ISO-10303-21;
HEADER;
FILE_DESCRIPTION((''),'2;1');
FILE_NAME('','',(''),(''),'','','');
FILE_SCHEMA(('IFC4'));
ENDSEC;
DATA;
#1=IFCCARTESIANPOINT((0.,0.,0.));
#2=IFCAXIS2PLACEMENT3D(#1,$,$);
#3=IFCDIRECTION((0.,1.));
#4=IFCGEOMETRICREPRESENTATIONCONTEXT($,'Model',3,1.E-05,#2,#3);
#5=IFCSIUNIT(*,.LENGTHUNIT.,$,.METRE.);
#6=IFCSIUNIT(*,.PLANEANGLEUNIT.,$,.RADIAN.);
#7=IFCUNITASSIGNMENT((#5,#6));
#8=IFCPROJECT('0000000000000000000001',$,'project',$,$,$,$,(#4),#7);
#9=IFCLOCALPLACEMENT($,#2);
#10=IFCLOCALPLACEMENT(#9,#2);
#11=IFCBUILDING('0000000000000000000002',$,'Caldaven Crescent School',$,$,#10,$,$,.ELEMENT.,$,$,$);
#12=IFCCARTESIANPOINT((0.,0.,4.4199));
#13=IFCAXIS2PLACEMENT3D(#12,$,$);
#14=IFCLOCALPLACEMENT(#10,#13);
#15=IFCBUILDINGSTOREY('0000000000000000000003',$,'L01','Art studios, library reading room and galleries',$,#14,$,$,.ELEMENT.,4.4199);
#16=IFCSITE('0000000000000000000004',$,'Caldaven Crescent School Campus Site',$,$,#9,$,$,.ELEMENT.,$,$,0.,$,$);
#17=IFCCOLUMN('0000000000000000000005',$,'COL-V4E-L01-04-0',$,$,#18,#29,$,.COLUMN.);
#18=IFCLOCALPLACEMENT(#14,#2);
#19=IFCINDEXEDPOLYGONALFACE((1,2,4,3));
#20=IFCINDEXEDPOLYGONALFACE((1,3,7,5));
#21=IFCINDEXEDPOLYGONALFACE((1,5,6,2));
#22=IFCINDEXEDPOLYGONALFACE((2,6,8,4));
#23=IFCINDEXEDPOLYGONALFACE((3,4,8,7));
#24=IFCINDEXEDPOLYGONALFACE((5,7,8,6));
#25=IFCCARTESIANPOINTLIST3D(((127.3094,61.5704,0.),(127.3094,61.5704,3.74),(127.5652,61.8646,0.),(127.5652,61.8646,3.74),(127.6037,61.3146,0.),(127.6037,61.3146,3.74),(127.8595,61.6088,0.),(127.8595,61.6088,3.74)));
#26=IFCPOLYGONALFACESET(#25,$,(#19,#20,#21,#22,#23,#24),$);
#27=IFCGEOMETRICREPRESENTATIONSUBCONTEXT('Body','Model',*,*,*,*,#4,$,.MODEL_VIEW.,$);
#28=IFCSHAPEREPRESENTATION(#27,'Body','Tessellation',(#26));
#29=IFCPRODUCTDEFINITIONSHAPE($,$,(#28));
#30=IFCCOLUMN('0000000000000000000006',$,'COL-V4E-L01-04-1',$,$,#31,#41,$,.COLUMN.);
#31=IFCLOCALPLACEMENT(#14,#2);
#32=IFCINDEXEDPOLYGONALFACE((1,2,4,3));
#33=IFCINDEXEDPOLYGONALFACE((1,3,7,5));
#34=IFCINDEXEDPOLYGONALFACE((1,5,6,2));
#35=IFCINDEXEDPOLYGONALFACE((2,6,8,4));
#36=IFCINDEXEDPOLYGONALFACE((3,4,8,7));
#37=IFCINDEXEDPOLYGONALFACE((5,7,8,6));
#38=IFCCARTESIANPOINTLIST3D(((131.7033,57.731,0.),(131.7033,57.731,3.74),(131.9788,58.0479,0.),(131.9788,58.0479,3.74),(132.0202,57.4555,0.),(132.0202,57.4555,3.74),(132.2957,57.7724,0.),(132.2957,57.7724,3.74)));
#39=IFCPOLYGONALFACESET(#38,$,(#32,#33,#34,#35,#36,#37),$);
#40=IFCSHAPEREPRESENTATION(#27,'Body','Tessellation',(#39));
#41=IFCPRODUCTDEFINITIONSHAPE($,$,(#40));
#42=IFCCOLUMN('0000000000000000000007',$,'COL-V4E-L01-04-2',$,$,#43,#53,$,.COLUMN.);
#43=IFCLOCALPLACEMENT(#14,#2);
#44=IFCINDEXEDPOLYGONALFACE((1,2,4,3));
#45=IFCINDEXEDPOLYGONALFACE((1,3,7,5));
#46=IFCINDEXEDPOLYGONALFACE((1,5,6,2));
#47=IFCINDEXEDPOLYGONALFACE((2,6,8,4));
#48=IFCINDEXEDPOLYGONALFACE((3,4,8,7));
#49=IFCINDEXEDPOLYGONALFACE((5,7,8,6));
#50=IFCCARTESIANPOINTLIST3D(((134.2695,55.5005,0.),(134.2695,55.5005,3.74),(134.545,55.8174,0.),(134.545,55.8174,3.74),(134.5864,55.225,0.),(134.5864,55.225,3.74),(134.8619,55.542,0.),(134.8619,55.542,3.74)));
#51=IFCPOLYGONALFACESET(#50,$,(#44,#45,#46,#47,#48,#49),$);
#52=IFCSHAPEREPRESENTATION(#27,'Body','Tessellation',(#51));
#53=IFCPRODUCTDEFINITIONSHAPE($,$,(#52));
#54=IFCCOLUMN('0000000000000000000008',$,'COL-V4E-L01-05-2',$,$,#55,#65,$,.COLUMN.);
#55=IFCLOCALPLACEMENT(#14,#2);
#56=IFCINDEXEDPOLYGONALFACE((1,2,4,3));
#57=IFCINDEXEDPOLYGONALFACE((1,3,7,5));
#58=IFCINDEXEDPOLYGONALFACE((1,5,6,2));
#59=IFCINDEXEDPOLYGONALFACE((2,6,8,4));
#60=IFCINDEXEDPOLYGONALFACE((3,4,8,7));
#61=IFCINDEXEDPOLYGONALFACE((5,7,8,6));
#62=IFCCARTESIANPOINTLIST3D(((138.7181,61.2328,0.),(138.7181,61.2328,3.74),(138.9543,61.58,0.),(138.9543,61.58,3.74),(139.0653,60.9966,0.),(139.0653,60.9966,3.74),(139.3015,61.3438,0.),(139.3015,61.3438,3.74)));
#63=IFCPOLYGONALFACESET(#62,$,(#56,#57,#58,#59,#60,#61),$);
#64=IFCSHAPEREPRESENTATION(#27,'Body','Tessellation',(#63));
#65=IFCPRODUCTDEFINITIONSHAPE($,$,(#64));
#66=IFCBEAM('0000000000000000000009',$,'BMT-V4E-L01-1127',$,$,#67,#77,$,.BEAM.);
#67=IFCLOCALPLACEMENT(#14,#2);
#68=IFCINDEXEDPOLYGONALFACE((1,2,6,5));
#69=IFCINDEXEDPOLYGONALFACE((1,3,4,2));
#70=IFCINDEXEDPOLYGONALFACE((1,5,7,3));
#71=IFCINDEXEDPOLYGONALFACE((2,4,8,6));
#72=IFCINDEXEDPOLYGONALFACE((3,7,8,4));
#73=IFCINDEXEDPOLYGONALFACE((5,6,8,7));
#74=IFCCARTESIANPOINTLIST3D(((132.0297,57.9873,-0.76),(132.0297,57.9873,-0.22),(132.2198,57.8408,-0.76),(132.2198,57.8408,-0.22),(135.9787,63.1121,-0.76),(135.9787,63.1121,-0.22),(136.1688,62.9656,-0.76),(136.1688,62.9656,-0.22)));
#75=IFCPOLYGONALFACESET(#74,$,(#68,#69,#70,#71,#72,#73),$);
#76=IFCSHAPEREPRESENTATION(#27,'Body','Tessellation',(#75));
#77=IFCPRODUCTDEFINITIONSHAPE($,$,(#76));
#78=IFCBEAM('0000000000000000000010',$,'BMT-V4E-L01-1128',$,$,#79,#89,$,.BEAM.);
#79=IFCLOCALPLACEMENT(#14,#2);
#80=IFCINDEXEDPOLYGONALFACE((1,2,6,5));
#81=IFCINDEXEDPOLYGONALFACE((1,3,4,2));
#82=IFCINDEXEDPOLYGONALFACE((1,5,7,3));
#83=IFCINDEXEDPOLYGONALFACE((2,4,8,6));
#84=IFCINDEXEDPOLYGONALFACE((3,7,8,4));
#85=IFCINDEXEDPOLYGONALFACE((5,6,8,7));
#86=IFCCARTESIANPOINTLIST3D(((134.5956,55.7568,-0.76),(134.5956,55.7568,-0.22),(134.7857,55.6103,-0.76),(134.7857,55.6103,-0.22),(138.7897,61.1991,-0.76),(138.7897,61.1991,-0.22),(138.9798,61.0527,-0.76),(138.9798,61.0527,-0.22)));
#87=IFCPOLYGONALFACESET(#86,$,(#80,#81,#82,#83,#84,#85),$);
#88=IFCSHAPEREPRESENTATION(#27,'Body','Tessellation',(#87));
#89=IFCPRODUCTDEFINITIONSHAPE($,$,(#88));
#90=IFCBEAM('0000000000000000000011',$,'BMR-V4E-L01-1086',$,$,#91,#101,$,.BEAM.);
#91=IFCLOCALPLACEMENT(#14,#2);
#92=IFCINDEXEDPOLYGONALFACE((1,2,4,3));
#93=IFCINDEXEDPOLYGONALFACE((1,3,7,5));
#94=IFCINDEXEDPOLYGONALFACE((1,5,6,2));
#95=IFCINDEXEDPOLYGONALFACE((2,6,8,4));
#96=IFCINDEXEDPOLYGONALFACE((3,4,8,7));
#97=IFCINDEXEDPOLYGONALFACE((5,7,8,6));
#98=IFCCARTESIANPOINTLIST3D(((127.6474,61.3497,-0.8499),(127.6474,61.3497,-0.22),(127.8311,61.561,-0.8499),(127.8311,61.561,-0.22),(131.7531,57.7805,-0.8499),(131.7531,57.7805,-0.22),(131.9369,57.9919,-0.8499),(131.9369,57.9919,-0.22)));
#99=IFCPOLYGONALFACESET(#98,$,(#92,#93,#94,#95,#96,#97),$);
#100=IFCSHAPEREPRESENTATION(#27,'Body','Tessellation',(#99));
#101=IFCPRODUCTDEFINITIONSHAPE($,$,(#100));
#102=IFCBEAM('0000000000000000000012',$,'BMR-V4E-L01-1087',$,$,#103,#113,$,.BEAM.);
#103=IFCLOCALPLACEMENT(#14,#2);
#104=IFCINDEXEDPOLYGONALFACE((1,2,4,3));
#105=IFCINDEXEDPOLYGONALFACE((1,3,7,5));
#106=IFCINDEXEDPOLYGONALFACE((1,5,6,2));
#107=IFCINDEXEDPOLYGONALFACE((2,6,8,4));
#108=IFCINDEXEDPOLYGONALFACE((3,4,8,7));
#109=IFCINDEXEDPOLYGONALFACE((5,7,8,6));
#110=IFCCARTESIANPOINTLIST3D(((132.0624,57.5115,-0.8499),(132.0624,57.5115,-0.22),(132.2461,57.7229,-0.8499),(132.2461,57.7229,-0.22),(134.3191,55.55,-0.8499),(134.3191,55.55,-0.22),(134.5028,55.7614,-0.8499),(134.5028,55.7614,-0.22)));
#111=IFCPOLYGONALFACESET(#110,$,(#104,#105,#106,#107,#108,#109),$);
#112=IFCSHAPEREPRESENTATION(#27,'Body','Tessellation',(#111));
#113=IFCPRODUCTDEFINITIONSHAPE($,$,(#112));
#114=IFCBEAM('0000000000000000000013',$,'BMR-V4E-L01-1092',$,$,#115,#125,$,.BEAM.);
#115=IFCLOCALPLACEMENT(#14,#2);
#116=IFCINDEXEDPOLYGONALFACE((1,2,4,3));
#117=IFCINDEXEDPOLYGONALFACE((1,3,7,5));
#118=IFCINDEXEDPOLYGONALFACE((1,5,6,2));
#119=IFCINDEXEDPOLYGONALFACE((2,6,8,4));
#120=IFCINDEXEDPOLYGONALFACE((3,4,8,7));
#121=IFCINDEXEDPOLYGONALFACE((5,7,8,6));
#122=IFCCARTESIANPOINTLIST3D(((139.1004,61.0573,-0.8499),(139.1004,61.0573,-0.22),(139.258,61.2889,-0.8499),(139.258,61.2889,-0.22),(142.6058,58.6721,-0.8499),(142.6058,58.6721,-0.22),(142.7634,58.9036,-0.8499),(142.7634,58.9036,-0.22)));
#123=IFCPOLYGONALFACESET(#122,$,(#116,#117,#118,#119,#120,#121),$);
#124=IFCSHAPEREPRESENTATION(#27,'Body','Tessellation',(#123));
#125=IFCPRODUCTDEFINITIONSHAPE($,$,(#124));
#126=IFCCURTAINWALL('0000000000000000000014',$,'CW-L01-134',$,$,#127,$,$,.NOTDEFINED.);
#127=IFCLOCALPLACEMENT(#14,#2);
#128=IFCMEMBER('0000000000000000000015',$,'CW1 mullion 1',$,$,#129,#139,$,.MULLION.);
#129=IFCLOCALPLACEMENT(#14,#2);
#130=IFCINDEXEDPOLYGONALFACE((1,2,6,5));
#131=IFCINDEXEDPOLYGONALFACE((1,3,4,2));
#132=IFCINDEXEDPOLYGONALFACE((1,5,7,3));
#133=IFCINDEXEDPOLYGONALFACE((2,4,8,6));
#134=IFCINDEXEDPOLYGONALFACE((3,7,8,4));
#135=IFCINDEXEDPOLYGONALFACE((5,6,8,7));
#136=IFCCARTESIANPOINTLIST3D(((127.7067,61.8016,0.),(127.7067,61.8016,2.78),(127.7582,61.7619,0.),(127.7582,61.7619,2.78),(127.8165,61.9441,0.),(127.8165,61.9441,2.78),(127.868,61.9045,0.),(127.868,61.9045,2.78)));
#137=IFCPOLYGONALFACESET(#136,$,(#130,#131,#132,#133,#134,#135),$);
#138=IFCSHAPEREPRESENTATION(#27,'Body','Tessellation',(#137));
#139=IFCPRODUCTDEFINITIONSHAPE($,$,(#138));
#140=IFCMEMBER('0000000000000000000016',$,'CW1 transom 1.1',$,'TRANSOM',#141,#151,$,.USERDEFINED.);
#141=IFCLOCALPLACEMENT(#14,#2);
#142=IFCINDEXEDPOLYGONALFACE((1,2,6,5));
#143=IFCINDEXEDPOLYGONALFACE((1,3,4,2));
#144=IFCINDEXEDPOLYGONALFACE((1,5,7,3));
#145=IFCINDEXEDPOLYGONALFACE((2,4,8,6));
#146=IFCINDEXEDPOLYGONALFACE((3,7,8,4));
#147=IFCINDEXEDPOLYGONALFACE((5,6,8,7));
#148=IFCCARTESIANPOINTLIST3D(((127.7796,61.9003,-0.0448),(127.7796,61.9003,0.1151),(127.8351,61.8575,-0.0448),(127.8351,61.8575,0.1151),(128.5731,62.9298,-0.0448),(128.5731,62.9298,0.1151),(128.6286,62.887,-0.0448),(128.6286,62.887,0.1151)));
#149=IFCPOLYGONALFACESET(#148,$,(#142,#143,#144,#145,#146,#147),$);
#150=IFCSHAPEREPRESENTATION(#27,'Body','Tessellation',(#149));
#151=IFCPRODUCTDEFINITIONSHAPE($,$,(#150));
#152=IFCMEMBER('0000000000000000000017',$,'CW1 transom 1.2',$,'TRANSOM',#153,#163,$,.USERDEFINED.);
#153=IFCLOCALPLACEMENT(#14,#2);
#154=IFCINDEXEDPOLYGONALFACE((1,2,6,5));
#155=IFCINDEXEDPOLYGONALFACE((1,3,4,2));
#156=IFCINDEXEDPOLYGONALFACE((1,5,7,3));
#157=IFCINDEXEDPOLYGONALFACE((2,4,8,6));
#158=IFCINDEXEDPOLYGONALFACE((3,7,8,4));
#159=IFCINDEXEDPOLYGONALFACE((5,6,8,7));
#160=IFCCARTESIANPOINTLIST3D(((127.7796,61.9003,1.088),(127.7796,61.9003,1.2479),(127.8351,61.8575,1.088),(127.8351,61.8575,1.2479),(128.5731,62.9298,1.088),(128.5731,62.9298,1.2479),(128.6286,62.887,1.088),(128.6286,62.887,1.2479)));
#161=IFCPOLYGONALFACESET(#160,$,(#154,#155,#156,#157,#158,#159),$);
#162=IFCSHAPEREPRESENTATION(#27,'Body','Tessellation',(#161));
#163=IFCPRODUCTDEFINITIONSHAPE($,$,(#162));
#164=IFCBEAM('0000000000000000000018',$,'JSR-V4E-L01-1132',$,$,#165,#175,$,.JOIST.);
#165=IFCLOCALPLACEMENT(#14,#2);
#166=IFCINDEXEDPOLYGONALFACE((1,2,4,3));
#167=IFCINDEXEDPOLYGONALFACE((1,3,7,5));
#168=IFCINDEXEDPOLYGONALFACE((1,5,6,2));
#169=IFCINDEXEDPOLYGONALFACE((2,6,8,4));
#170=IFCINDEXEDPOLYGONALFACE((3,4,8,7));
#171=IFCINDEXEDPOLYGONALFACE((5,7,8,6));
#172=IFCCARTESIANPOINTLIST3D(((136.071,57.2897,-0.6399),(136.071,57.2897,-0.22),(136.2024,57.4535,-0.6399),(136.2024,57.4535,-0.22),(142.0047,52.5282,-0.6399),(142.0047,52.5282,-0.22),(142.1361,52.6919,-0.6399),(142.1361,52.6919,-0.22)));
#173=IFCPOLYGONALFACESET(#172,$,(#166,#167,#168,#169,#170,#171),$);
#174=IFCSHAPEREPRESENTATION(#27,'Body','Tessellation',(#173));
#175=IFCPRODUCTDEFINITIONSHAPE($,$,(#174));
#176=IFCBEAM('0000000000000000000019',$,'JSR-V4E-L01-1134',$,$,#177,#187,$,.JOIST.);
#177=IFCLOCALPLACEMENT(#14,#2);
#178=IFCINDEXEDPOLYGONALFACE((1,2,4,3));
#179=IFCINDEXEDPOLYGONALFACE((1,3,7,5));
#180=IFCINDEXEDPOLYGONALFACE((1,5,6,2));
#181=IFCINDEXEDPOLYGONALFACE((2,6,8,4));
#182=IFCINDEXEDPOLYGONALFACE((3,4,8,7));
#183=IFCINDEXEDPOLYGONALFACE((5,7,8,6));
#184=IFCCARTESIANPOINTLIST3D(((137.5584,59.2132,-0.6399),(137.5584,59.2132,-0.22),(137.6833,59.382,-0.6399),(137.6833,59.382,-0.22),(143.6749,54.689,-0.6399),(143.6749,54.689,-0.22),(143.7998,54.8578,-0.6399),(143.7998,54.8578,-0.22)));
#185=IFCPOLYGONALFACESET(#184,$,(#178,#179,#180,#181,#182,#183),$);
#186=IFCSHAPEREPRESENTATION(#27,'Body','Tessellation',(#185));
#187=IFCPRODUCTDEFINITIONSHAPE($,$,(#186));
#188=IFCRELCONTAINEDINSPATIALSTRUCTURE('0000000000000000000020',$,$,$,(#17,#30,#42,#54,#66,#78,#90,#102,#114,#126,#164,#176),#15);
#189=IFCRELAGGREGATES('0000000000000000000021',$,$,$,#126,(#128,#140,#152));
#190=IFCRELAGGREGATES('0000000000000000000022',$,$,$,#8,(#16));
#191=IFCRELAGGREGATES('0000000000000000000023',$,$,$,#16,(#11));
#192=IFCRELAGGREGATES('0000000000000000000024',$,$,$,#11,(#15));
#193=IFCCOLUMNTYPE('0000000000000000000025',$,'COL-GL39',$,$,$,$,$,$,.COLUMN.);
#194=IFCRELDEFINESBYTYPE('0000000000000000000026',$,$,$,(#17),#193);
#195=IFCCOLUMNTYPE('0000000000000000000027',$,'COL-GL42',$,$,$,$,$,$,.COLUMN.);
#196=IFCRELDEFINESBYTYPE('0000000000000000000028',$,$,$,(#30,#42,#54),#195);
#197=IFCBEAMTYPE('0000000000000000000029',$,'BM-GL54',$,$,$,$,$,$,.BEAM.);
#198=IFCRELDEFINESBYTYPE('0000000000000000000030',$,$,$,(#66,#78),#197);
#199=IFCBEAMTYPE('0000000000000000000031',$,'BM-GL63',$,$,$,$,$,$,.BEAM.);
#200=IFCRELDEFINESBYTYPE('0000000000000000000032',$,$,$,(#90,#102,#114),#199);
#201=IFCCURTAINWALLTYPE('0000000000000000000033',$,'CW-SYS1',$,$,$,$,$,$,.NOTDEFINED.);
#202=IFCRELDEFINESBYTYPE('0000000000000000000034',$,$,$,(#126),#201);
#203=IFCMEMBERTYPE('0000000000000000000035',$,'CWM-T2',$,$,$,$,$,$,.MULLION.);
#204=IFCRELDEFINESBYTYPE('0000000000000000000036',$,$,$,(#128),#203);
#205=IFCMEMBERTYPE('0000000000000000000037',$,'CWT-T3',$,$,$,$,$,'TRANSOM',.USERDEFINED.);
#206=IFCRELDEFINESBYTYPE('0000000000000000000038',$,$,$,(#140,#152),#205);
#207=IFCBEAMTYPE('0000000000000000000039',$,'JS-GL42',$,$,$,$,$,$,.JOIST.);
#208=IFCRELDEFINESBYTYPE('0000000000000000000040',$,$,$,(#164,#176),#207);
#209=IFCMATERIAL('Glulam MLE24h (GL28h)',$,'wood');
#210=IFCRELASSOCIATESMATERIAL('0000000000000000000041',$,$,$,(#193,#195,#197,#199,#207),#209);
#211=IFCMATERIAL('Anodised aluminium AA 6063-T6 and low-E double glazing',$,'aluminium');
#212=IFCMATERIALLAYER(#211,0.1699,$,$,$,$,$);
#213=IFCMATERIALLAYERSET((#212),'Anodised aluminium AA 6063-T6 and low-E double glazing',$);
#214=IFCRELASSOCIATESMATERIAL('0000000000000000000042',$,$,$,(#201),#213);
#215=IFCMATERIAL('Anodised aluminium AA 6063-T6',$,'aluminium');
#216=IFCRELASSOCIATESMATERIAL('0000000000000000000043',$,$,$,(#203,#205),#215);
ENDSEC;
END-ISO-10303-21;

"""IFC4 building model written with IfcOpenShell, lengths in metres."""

from ifc_helpers import new_model, si_unit, direction, frame, origin, origin_2d, place, context, subcontext, project, spatial, rectangle, extrude, material, layer, layer_set, material_profile, profile_set, type_object, element, aggregate, save


model = new_model("IFC4")

# Units and contexts
model_context = context("Model", 3, precision=1e-05, world=origin(), true_north=direction((0.0, 1.0)))
body_context = subcontext(model_context, "Body", "Model", "MODEL_VIEW")
ifc_project = project(units=[si_unit("LENGTHUNIT", "METRE"), si_unit("PLANEANGLEUNIT", "RADIAN")], contexts=[model_context])

# Site, building, storey
site_placement = place(None, origin())
site = spatial("IfcSite", under=ifc_project, at=site_placement, Name="Caldaven Crescent School Campus Site", CompositionType="ELEMENT", RefElevation=0.0)
building_placement = place(site_placement, origin())
building = spatial("IfcBuilding", under=site, at=building_placement, Name="Caldaven Crescent School", CompositionType="ELEMENT")
storey_placement = place(building_placement, frame((0.0, 0.0, 4.4199)))
storey = spatial("IfcBuildingStorey", under=building, at=storey_placement, Name="L01", Description="Art studios, library reading room and galleries", CompositionType="ELEMENT", Elevation=4.4199)

# Columns
ifc_material_1 = material(Name="Glulam MLE24h (GL28h)", Category="wood")
ifc_material_profile_1 = material_profile(ifc_material_1, rectangle(XDim=0.3899, YDim=0.3899, at=origin_2d()), Name="MLE 390x390")
ifc_profile_set_1 = profile_set([ifc_material_profile_1], Name="Glulam MLE24h (GL28h)")
column_type_1 = type_object("IfcColumnType", Name="COL-GL39", PredefinedType="COLUMN", material=ifc_profile_set_1)
column_placement = place(storey_placement, frame((127.5845, 61.5896, 0.0), z_axis=(0.0, 0.0, 1.0), x_axis=(0.75471, -0.656059, 0.0)))
element("IfcColumn", 1, at=column_placement, inside=storey, type_object=column_type_1, Name="COL-V4E-L01-04-0", PredefinedType="COLUMN", context=body_context, shape_type="SweptSolid", body=[
    extrude(rectangle(XDim=0.3899, YDim=0.3899, at=origin_2d()), origin(), (0.0, 0.0, 1.0), 3.74),
])
ifc_material_profile_2 = material_profile(ifc_material_1, rectangle(XDim=0.4199, YDim=0.4199, at=origin_2d()), Name="MLE 420x420")
ifc_profile_set_2 = profile_set([ifc_material_profile_2], Name="Glulam MLE24h (GL28h)")
column_type_2 = type_object("IfcColumnType", Name="COL-GL42", PredefinedType="COLUMN", material=ifc_profile_set_2)
for number, where, z_axis, x_axis, name in (
    (2, (131.9995, 57.7517, 0.0), (0.0, 0.0, 1.0), (0.75471, -0.656059, 0.0), "COL-V4E-L01-04-1"),
    (3, (134.5657, 55.5212, 0.0), (0.0, 0.0, 1.0), (0.75471, -0.656059, 0.0), "COL-V4E-L01-04-2"),
    (4, (139.0098, 61.2883, 0.0), (0.0, 0.0, 1.0), (0.826786, -0.562516, 0.0), "COL-V4E-L01-05-2"),
):
    element("IfcColumn", number, at=place(storey_placement, frame(where, z_axis=z_axis, x_axis=x_axis)), inside=storey, type_object=column_type_2, Name=name, PredefinedType="COLUMN", context=body_context, shape_type="SweptSolid", body=[
        extrude(rectangle(XDim=0.4199, YDim=0.4199, at=origin_2d()), origin(), (0.0, 0.0, 1.0), 3.74),
    ])

# Beams
ifc_material_profile_3 = material_profile(ifc_material_1, rectangle(XDim=0.24, YDim=0.54, at=origin_2d()), Name="MLE 240x540")
ifc_profile_set_3 = profile_set([ifc_material_profile_3], Name="Glulam MLE24h (GL28h)")
beam_type_1 = type_object("IfcBeamType", Name="BM-GL54", PredefinedType="BEAM", material=ifc_profile_set_3)
beam_1_placement = place(storey_placement, frame((132.1248, 57.9141, -0.49), z_axis=(0.610376, 0.792112, 0.0), x_axis=(-0.792112, 0.610376, 0.0)))
element("IfcBeam", 5, at=beam_1_placement, inside=storey, type_object=beam_type_1, Name="BMT-V4E-L01-1127", PredefinedType="BEAM", context=body_context, shape_type="SweptSolid", body=[
    extrude(rectangle(XDim=0.24, YDim=0.54, at=origin_2d()), origin(), (0.0, 0.0, 1.0), 6.4697),
])
beam_2_placement = place(storey_placement, frame((134.6907, 55.6836, -0.49), z_axis=(0.610409, 0.792086, 0.0), x_axis=(-0.792086, 0.610409, 0.0)))
element("IfcBeam", 6, at=beam_2_placement, inside=storey, type_object=beam_type_1, Name="BMT-V4E-L01-1128", PredefinedType="BEAM", context=body_context, shape_type="SweptSolid", body=[
    extrude(rectangle(XDim=0.24, YDim=0.54, at=origin_2d()), origin(), (0.0, 0.0, 1.0), 6.8708),
])
ifc_material_profile_4 = material_profile(ifc_material_1, rectangle(XDim=0.28, YDim=0.6299, at=origin_2d()), Name="MLE 280x630")
ifc_profile_set_4 = profile_set([ifc_material_profile_4], Name="Glulam MLE24h (GL28h)")
beam_type_2 = type_object("IfcBeamType", Name="BM-GL63", PredefinedType="BEAM", material=ifc_profile_set_4)
beam_3_placement = place(storey_placement, frame((127.7393, 61.4553, -0.5349), z_axis=(0.754705, -0.656064, 0.0), x_axis=(0.656064, 0.754705, 0.0)))
element("IfcBeam", 7, at=beam_3_placement, inside=storey, type_object=beam_type_2, Name="BMR-V4E-L01-1086", PredefinedType="BEAM", context=body_context, shape_type="SweptSolid", body=[
    extrude(rectangle(XDim=0.28, YDim=0.6299, at=origin_2d()), origin(), (0.0, 0.0, 1.0), 5.4402),
])
beam_4_placement = place(storey_placement, frame((132.1543, 57.6172, -0.5349), z_axis=(0.754743, -0.656021, 0.0), x_axis=(0.656021, 0.754743, 0.0)))
element("IfcBeam", 8, at=beam_4_placement, inside=storey, type_object=beam_type_2, Name="BMR-V4E-L01-1087", PredefinedType="BEAM", context=body_context, shape_type="SweptSolid", body=[
    extrude(rectangle(XDim=0.28, YDim=0.6299, at=origin_2d()), origin(), (0.0, 0.0, 1.0), 2.99),
])
beam_5_placement = place(storey_placement, frame((139.1792, 61.1731, -0.5349), z_axis=(0.826751, -0.562568, 0.0), x_axis=(0.562568, 0.826751, 0.0)))
element("IfcBeam", 9, at=beam_5_placement, inside=storey, type_object=beam_type_2, Name="BMR-V4E-L01-1092", PredefinedType="BEAM", context=body_context, shape_type="SweptSolid", body=[
    extrude(rectangle(XDim=0.28, YDim=0.6299, at=origin_2d()), origin(), (0.0, 0.0, 1.0), 4.24),
])

# Curtain wall, members
ifc_material_2 = material(Name="Anodised aluminium AA 6063-T6 and low-E double glazing", Category="aluminium")
ifc_layer_1 = layer(ifc_material_2, 0.1699)
ifc_layer_set_1 = layer_set([ifc_layer_1], Name="Anodised aluminium AA 6063-T6 and low-E double glazing")
curtain_wall_type = type_object("IfcCurtainWallType", Name="CW-SYS1", PredefinedType="NOTDEFINED", material=ifc_layer_set_1)
curtain_wall_placement = place(storey_placement, origin())
curtain_wall = element("IfcCurtainWall", 10, at=curtain_wall_placement, inside=storey, type_object=curtain_wall_type, Name="CW-L01-134", PredefinedType="NOTDEFINED")
ifc_material_3 = material(Name="Anodised aluminium AA 6063-T6", Category="aluminium")
ifc_material_profile_5 = material_profile(ifc_material_3, rectangle(XDim=0.0649, YDim=0.1799, at=origin_2d()), Name="CWM 65x180")
ifc_profile_set_5 = profile_set([ifc_material_profile_5], Name="Anodised aluminium AA 6063-T6")
member_type_1 = type_object("IfcMemberType", Name="CWM-T2", PredefinedType="MULLION", material=ifc_profile_set_5)
member_1_placement = place(storey_placement, frame((127.7874, 61.853, 0.0), z_axis=(0.0, 0.0, 1.0), x_axis=(-0.792103, 0.610387, 0.0)))
member_1 = element("IfcMember", 11, at=member_1_placement, type_object=member_type_1, Name="CW1 mullion 1", PredefinedType="MULLION", context=body_context, shape_type="SweptSolid", body=[
    extrude(rectangle(XDim=0.0649, YDim=0.1799, at=origin_2d()), origin(), (0.0, 0.0, 1.0), 2.78),
])
ifc_material_profile_6 = material_profile(ifc_material_3, rectangle(XDim=0.0701, YDim=0.1599, at=origin_2d()), Name="CWT 70x160")
ifc_profile_set_6 = profile_set([ifc_material_profile_6], Name="Anodised aluminium AA 6063-T6")
member_type_2 = type_object("IfcMemberType", Name="CWT-T3", ElementType="TRANSOM", PredefinedType="USERDEFINED", material=ifc_profile_set_6)
member_2_placement = place(storey_placement, frame((127.8074, 61.8789, 0.0352), z_axis=(0.610437, 0.792065, 0.0), x_axis=(-0.792065, 0.610437, 0.0)))
member_2 = element("IfcMember", 12, at=member_2_placement, type_object=member_type_2, Name="CW1 transom 1.1", ObjectType="TRANSOM", PredefinedType="USERDEFINED", context=body_context, shape_type="SweptSolid", body=[
    extrude(rectangle(XDim=0.0701, YDim=0.1599, at=origin_2d()), origin(), (0.0, 0.0, 1.0), 1.2998),
])
member_3_placement = place(storey_placement, frame((127.8074, 61.8789, 1.168), z_axis=(0.610437, 0.792065, 0.0), x_axis=(-0.792065, 0.610437, 0.0)))
member_3 = element("IfcMember", 13, at=member_3_placement, type_object=member_type_2, Name="CW1 transom 1.2", ObjectType="TRANSOM", PredefinedType="USERDEFINED", context=body_context, shape_type="SweptSolid", body=[
    extrude(rectangle(XDim=0.0701, YDim=0.1599, at=origin_2d()), origin(), (0.0, 0.0, 1.0), 1.2998),
])
aggregate(curtain_wall, [member_1, member_2, member_3])

# Beams
ifc_material_profile_7 = material_profile(ifc_material_1, rectangle(XDim=0.21, YDim=0.4199, at=origin_2d()), Name="MLE 210x420")
ifc_profile_set_7 = profile_set([ifc_material_profile_7], Name="Glulam MLE24h (GL28h)")
beam_type_3 = type_object("IfcBeamType", Name="JS-GL42", PredefinedType="JOIST", material=ifc_profile_set_7)
for number, where, z_axis, x_axis, name in (
    (14, (136.1367, 57.3716, -0.4299), (0.779932, -0.625864, 0.0), (0.625864, 0.779932, 0.0), "JSR-V4E-L01-1132"),
    (15, (137.6208, 59.2976, -0.4299), (0.803968, -0.594673, 0.0), (0.594673, 0.803968, 0.0), "JSR-V4E-L01-1134"),
):
    element("IfcBeam", number, at=place(storey_placement, frame(where, z_axis=z_axis, x_axis=x_axis)), inside=storey, type_object=beam_type_3, Name=name, PredefinedType="JOIST", context=body_context, shape_type="SweptSolid", body=[
        extrude(rectangle(XDim=0.21, YDim=0.4199, at=origin_2d()), origin(), (0.0, 0.0, 1.0), 7.6079),
    ])

save(model, "model.ifc")
